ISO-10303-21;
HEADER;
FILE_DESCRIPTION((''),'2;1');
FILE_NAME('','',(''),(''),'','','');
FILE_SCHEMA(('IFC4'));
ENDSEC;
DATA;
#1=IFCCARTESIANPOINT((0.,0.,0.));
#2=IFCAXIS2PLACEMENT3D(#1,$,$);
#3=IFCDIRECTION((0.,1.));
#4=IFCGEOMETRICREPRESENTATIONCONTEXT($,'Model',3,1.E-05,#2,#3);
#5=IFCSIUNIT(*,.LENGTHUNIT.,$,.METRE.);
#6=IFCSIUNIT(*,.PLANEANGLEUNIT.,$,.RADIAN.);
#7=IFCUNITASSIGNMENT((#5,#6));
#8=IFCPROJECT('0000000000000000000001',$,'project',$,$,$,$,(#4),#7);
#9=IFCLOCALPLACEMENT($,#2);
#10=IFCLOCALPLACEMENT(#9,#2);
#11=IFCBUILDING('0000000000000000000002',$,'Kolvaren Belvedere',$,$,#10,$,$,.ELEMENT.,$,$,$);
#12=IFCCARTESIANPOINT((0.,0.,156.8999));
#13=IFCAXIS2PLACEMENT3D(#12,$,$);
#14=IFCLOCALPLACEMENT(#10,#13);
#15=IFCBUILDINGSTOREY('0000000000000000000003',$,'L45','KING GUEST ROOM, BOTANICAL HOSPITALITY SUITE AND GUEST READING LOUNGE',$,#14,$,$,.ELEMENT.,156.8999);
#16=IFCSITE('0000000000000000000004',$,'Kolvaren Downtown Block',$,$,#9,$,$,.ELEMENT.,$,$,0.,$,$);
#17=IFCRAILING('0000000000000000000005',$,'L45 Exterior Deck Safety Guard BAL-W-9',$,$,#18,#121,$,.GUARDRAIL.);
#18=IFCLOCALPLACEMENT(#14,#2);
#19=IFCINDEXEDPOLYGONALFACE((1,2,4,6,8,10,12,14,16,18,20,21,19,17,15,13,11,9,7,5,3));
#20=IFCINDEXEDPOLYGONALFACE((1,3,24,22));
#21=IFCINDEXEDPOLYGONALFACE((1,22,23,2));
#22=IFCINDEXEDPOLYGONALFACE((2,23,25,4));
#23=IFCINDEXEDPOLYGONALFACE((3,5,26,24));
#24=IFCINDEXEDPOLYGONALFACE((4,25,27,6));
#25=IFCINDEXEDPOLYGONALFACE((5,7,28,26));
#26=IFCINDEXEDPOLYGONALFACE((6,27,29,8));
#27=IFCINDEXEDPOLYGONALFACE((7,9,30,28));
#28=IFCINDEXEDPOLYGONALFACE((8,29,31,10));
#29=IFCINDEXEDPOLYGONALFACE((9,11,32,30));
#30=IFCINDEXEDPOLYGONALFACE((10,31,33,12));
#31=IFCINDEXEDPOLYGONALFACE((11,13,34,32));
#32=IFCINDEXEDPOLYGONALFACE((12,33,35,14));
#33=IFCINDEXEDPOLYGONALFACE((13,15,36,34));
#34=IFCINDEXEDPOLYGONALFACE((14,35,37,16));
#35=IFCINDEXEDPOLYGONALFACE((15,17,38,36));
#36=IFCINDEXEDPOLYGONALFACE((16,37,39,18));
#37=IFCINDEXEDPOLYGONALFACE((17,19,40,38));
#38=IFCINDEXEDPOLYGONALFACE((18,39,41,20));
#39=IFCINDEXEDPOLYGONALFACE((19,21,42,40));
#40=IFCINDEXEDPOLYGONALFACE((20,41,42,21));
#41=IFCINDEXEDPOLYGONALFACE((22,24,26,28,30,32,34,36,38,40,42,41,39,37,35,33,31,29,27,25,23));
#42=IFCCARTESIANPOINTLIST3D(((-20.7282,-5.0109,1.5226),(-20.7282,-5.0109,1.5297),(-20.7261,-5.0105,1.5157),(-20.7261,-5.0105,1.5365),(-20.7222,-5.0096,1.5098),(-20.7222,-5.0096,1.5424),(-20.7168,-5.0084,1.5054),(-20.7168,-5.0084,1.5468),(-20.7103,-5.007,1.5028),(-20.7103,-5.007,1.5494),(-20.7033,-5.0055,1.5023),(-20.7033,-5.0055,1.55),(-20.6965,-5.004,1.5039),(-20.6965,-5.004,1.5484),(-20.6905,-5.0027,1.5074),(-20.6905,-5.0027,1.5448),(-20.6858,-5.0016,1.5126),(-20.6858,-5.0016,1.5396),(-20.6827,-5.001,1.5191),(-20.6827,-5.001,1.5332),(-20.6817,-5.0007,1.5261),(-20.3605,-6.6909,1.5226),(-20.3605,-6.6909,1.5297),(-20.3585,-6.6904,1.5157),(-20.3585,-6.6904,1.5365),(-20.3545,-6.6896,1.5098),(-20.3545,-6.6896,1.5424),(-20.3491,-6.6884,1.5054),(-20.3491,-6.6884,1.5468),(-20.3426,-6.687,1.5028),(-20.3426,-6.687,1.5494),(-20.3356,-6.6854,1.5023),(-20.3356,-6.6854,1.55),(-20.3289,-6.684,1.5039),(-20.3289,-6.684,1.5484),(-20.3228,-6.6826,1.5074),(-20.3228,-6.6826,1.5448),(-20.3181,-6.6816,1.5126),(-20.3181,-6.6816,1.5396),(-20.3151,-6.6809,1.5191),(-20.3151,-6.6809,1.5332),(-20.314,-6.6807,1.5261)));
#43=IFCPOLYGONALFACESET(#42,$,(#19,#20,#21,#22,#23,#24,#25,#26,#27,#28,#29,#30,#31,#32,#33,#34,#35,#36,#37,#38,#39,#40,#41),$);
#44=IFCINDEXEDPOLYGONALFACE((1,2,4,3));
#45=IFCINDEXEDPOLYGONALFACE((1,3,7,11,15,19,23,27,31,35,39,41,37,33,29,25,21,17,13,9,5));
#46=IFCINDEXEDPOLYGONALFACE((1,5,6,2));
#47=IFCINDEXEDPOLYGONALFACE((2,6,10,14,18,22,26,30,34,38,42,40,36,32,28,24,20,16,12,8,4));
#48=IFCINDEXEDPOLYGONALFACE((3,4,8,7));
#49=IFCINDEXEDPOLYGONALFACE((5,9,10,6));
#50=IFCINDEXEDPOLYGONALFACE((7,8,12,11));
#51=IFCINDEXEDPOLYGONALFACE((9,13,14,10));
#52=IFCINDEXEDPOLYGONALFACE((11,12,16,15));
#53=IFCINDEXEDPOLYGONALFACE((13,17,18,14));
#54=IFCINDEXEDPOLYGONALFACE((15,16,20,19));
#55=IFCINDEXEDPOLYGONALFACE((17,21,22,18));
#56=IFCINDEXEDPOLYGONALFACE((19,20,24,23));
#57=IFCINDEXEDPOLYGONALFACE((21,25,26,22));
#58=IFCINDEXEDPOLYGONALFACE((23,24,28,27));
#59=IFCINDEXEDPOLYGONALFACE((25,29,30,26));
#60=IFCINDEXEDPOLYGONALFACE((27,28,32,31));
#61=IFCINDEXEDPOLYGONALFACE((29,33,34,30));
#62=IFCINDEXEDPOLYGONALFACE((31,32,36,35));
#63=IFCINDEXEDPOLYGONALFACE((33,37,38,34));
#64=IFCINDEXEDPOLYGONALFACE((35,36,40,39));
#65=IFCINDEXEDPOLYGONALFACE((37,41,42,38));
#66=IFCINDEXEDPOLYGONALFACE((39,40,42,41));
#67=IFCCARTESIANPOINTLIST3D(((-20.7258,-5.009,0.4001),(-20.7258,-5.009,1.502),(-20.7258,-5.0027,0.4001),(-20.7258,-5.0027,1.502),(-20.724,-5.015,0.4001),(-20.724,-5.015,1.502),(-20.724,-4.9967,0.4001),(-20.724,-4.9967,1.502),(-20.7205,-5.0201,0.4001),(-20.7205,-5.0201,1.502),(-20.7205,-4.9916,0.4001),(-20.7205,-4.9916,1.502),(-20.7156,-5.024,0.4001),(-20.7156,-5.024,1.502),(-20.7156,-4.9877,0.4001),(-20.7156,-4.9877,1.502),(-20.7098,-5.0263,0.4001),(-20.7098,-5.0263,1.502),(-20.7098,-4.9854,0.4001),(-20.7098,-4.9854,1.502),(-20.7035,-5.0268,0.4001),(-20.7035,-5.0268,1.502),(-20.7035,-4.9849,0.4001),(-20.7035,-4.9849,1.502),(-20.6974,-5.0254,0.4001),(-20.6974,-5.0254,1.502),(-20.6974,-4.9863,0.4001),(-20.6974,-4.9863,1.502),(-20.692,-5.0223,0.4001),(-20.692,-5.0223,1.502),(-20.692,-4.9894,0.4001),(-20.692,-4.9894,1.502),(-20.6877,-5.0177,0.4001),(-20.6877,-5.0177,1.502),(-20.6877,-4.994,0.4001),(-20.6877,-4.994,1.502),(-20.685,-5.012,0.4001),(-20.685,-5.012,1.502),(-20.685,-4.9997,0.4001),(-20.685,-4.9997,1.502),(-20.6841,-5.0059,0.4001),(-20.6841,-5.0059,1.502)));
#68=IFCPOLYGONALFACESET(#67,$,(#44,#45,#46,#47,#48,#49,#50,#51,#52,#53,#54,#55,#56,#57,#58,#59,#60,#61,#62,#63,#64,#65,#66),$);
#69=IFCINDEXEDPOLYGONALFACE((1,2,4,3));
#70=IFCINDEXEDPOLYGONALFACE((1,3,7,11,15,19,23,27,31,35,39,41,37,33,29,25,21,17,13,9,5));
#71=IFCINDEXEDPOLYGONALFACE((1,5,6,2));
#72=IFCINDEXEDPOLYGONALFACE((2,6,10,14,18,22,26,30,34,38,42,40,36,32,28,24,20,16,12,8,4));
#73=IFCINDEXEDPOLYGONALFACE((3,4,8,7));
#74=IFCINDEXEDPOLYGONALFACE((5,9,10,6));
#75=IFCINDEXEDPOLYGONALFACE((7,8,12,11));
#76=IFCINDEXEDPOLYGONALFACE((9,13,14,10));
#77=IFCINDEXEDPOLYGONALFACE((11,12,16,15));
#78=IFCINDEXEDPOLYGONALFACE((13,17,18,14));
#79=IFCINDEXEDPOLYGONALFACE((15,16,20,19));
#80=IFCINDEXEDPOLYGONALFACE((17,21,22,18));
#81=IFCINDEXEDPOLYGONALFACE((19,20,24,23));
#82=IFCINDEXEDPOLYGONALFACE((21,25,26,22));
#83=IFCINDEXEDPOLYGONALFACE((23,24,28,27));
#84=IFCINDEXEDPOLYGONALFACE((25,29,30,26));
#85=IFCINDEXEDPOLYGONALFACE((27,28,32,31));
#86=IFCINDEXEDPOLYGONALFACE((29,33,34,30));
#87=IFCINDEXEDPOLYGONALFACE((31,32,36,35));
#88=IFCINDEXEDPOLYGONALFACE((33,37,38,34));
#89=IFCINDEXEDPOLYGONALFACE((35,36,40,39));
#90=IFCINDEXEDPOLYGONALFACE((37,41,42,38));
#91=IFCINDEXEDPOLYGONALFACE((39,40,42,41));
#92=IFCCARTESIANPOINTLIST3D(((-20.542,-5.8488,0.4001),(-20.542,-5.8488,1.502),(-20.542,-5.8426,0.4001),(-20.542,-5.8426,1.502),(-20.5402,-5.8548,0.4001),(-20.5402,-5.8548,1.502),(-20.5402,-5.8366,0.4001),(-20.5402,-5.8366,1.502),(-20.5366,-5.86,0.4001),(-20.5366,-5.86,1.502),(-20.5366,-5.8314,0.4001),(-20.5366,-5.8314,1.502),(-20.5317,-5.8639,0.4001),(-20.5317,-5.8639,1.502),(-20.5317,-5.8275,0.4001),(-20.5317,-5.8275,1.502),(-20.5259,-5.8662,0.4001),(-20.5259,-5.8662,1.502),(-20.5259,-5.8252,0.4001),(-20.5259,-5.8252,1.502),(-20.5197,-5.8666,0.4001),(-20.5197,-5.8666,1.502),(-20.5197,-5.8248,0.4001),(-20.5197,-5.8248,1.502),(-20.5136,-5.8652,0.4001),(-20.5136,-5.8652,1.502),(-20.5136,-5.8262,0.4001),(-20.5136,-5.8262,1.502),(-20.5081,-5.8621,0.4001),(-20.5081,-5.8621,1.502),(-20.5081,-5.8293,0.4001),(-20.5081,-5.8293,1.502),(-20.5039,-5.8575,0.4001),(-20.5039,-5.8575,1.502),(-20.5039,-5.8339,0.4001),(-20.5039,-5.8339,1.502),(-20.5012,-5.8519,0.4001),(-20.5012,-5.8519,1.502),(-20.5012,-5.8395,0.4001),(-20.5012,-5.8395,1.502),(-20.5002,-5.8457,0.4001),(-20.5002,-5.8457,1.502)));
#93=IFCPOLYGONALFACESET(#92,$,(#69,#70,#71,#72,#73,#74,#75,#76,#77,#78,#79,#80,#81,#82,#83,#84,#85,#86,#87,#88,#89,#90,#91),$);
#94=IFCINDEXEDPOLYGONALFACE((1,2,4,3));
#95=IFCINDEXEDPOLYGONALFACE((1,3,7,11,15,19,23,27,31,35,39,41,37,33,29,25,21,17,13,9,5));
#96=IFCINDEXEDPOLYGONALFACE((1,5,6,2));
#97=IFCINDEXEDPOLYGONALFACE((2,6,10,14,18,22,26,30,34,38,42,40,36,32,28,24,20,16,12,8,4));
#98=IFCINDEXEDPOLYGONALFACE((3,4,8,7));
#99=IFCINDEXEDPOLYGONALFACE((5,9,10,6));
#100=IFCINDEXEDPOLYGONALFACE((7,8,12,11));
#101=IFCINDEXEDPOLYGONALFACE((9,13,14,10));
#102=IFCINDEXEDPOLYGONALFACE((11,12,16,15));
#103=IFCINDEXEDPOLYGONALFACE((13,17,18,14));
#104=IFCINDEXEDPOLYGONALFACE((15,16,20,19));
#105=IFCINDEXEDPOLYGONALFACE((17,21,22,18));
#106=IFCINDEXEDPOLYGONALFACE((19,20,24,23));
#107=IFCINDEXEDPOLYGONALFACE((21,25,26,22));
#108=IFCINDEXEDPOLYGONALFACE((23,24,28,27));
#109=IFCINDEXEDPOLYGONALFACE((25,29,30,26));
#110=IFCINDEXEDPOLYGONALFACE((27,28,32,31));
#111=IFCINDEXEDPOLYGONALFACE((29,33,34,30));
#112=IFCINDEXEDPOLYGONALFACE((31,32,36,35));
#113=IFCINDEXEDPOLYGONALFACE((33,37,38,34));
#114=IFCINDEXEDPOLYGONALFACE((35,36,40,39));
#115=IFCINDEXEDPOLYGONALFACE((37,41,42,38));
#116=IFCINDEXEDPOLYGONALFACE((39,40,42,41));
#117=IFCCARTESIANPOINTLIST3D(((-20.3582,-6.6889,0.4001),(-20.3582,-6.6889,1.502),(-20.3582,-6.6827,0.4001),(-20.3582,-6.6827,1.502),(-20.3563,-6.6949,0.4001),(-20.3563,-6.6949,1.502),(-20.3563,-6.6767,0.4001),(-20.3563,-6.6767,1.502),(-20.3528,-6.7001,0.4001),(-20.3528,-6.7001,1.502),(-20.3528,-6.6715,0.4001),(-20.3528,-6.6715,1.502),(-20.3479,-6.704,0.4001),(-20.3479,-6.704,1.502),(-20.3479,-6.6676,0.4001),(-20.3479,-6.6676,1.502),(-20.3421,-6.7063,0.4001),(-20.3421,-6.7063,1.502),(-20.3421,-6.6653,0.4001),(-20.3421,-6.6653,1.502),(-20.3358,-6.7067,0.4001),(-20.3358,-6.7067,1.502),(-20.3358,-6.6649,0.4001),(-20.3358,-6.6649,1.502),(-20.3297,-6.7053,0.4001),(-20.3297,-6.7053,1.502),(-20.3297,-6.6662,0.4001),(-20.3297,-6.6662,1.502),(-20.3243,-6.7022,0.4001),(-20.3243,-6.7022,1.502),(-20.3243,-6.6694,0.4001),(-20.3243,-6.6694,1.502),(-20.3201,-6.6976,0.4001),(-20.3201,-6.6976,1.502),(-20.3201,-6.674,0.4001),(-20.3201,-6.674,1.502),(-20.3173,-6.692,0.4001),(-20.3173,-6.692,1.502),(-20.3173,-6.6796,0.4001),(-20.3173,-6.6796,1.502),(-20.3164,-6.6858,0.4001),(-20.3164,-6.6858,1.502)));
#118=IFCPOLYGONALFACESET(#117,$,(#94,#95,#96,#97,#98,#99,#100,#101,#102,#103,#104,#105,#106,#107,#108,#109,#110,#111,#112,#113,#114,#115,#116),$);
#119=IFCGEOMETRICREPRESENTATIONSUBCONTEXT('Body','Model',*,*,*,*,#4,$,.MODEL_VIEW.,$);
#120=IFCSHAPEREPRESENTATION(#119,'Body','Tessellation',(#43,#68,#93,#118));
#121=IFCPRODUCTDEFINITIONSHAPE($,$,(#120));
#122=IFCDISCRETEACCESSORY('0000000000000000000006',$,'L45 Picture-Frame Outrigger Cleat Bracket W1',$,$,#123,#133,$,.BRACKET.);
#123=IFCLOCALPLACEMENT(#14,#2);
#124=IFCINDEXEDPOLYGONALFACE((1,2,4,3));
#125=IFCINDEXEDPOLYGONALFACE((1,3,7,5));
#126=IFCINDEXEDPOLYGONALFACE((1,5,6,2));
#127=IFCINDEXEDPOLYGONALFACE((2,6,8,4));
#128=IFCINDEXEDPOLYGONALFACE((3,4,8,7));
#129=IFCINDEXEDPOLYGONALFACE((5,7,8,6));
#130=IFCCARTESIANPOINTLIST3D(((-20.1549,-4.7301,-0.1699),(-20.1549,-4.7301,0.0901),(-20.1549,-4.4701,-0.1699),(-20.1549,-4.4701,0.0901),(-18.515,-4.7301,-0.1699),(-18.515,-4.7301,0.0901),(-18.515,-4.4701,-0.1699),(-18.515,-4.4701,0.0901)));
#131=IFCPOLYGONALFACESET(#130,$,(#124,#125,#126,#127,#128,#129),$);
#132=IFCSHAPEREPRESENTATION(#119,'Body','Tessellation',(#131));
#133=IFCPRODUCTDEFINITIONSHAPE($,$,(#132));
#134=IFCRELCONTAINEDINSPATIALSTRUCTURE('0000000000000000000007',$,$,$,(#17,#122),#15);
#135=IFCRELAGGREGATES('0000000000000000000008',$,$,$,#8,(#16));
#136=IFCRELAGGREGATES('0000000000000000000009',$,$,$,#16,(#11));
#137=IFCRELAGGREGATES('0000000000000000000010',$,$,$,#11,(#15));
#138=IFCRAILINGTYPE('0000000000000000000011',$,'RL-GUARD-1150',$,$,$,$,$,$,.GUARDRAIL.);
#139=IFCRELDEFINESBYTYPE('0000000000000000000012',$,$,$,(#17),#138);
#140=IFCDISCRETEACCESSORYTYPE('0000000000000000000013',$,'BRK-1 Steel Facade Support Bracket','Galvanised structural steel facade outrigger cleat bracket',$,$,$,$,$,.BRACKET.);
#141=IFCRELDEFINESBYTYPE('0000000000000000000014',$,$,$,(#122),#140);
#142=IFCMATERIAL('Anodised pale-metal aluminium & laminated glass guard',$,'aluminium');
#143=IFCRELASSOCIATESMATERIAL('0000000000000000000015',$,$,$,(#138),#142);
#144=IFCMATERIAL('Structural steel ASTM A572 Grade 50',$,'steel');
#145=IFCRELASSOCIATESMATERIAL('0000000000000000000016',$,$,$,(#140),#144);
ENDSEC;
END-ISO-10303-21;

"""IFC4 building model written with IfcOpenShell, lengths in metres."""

from ifc_helpers import new_model, si_unit, direction, frame, origin, origin_2d, place, context, subcontext, project, spatial, rectangle, circle, extrude, material, type_object, element, save


model = new_model("IFC4")

# Units and contexts
model_context = context("Model", 3, precision=1e-05, world=origin(), true_north=direction((0.0, 1.0)))
body_context = subcontext(model_context, "Body", "Model", "MODEL_VIEW")
ifc_project = project(units=[si_unit("LENGTHUNIT", "METRE"), si_unit("PLANEANGLEUNIT", "RADIAN")], contexts=[model_context])

# Site, building, storey
site_placement = place(None, origin())
site = spatial("IfcSite", under=ifc_project, at=site_placement, Name="Kolvaren Downtown Block", CompositionType="ELEMENT", RefElevation=0.0)
building_placement = place(site_placement, origin())
building = spatial("IfcBuilding", under=site, at=building_placement, Name="Kolvaren Belvedere", CompositionType="ELEMENT")
storey_placement = place(building_placement, frame((0.0, 0.0, 156.8999)))
storey = spatial("IfcBuildingStorey", under=building, at=storey_placement, Name="L45", Description="KING GUEST ROOM, BOTANICAL HOSPITALITY SUITE AND GUEST READING LOUNGE", CompositionType="ELEMENT", Elevation=156.8999)

# Railing
ifc_material_1 = material(Name="Anodised pale-metal aluminium & laminated glass guard", Category="aluminium")
railing_type = type_object("IfcRailingType", Name="RL-GUARD-1150", PredefinedType="GUARDRAIL", material=ifc_material_1)
railing_1_placement = place(storey_placement, frame((-20.7051, -5.0059, 0.4001)))
element("IfcRailing", 1, at=railing_1_placement, inside=storey, type_object=railing_type, Name="L45 Exterior Deck Safety Guard BAL-W-9", PredefinedType="GUARDRAIL", context=body_context, shape_type="SweptSolid", body=[
    extrude(circle(Radius=0.0239, at=origin_2d()), frame((0.0, 0.0, 1.126), z_axis=(0.213803, -0.976877, 0.0), x_axis=(0.976877, 0.213803, 0.0)), (0.0, 0.0, 1.0), 1.7197),
    extrude(circle(Radius=0.021, at=origin_2d()), origin(), (0.0, 0.0, 1.0), 1.1018),
    extrude(circle(Radius=0.021, at=origin_2d()), frame((0.1838, -0.8398, 0.0)), (0.0, 0.0, 1.0), 1.1018),
    extrude(circle(Radius=0.021, at=origin_2d()), frame((0.3677, -1.6799, 0.0)), (0.0, 0.0, 1.0), 1.1018),
])

# Discrete accessory
ifc_material_2 = material(Name="Structural steel ASTM A572 Grade 50", Category="steel")
discrete_accessory_type = type_object("IfcDiscreteAccessoryType", Name="BRK-1 Steel Facade Support Bracket", Description="Galvanised structural steel facade outrigger cleat bracket", PredefinedType="BRACKET", material=ifc_material_2)
discrete_accessory_placement = place(storey_placement, frame((-19.335, -4.6001, -0.1699), z_axis=(0.0, 0.0, 1.0), x_axis=(1.0, 0.0, 0.0)))
element("IfcDiscreteAccessory", 2, at=discrete_accessory_placement, inside=storey, type_object=discrete_accessory_type, Name="L45 Picture-Frame Outrigger Cleat Bracket W1", PredefinedType="BRACKET", context=body_context, shape_type="SweptSolid", body=[
    extrude(rectangle(XDim=1.6399, YDim=0.26, at=origin_2d()), origin(), (0.0, 0.0, 1.0), 0.26),
])

save(model, "model.ifc")
